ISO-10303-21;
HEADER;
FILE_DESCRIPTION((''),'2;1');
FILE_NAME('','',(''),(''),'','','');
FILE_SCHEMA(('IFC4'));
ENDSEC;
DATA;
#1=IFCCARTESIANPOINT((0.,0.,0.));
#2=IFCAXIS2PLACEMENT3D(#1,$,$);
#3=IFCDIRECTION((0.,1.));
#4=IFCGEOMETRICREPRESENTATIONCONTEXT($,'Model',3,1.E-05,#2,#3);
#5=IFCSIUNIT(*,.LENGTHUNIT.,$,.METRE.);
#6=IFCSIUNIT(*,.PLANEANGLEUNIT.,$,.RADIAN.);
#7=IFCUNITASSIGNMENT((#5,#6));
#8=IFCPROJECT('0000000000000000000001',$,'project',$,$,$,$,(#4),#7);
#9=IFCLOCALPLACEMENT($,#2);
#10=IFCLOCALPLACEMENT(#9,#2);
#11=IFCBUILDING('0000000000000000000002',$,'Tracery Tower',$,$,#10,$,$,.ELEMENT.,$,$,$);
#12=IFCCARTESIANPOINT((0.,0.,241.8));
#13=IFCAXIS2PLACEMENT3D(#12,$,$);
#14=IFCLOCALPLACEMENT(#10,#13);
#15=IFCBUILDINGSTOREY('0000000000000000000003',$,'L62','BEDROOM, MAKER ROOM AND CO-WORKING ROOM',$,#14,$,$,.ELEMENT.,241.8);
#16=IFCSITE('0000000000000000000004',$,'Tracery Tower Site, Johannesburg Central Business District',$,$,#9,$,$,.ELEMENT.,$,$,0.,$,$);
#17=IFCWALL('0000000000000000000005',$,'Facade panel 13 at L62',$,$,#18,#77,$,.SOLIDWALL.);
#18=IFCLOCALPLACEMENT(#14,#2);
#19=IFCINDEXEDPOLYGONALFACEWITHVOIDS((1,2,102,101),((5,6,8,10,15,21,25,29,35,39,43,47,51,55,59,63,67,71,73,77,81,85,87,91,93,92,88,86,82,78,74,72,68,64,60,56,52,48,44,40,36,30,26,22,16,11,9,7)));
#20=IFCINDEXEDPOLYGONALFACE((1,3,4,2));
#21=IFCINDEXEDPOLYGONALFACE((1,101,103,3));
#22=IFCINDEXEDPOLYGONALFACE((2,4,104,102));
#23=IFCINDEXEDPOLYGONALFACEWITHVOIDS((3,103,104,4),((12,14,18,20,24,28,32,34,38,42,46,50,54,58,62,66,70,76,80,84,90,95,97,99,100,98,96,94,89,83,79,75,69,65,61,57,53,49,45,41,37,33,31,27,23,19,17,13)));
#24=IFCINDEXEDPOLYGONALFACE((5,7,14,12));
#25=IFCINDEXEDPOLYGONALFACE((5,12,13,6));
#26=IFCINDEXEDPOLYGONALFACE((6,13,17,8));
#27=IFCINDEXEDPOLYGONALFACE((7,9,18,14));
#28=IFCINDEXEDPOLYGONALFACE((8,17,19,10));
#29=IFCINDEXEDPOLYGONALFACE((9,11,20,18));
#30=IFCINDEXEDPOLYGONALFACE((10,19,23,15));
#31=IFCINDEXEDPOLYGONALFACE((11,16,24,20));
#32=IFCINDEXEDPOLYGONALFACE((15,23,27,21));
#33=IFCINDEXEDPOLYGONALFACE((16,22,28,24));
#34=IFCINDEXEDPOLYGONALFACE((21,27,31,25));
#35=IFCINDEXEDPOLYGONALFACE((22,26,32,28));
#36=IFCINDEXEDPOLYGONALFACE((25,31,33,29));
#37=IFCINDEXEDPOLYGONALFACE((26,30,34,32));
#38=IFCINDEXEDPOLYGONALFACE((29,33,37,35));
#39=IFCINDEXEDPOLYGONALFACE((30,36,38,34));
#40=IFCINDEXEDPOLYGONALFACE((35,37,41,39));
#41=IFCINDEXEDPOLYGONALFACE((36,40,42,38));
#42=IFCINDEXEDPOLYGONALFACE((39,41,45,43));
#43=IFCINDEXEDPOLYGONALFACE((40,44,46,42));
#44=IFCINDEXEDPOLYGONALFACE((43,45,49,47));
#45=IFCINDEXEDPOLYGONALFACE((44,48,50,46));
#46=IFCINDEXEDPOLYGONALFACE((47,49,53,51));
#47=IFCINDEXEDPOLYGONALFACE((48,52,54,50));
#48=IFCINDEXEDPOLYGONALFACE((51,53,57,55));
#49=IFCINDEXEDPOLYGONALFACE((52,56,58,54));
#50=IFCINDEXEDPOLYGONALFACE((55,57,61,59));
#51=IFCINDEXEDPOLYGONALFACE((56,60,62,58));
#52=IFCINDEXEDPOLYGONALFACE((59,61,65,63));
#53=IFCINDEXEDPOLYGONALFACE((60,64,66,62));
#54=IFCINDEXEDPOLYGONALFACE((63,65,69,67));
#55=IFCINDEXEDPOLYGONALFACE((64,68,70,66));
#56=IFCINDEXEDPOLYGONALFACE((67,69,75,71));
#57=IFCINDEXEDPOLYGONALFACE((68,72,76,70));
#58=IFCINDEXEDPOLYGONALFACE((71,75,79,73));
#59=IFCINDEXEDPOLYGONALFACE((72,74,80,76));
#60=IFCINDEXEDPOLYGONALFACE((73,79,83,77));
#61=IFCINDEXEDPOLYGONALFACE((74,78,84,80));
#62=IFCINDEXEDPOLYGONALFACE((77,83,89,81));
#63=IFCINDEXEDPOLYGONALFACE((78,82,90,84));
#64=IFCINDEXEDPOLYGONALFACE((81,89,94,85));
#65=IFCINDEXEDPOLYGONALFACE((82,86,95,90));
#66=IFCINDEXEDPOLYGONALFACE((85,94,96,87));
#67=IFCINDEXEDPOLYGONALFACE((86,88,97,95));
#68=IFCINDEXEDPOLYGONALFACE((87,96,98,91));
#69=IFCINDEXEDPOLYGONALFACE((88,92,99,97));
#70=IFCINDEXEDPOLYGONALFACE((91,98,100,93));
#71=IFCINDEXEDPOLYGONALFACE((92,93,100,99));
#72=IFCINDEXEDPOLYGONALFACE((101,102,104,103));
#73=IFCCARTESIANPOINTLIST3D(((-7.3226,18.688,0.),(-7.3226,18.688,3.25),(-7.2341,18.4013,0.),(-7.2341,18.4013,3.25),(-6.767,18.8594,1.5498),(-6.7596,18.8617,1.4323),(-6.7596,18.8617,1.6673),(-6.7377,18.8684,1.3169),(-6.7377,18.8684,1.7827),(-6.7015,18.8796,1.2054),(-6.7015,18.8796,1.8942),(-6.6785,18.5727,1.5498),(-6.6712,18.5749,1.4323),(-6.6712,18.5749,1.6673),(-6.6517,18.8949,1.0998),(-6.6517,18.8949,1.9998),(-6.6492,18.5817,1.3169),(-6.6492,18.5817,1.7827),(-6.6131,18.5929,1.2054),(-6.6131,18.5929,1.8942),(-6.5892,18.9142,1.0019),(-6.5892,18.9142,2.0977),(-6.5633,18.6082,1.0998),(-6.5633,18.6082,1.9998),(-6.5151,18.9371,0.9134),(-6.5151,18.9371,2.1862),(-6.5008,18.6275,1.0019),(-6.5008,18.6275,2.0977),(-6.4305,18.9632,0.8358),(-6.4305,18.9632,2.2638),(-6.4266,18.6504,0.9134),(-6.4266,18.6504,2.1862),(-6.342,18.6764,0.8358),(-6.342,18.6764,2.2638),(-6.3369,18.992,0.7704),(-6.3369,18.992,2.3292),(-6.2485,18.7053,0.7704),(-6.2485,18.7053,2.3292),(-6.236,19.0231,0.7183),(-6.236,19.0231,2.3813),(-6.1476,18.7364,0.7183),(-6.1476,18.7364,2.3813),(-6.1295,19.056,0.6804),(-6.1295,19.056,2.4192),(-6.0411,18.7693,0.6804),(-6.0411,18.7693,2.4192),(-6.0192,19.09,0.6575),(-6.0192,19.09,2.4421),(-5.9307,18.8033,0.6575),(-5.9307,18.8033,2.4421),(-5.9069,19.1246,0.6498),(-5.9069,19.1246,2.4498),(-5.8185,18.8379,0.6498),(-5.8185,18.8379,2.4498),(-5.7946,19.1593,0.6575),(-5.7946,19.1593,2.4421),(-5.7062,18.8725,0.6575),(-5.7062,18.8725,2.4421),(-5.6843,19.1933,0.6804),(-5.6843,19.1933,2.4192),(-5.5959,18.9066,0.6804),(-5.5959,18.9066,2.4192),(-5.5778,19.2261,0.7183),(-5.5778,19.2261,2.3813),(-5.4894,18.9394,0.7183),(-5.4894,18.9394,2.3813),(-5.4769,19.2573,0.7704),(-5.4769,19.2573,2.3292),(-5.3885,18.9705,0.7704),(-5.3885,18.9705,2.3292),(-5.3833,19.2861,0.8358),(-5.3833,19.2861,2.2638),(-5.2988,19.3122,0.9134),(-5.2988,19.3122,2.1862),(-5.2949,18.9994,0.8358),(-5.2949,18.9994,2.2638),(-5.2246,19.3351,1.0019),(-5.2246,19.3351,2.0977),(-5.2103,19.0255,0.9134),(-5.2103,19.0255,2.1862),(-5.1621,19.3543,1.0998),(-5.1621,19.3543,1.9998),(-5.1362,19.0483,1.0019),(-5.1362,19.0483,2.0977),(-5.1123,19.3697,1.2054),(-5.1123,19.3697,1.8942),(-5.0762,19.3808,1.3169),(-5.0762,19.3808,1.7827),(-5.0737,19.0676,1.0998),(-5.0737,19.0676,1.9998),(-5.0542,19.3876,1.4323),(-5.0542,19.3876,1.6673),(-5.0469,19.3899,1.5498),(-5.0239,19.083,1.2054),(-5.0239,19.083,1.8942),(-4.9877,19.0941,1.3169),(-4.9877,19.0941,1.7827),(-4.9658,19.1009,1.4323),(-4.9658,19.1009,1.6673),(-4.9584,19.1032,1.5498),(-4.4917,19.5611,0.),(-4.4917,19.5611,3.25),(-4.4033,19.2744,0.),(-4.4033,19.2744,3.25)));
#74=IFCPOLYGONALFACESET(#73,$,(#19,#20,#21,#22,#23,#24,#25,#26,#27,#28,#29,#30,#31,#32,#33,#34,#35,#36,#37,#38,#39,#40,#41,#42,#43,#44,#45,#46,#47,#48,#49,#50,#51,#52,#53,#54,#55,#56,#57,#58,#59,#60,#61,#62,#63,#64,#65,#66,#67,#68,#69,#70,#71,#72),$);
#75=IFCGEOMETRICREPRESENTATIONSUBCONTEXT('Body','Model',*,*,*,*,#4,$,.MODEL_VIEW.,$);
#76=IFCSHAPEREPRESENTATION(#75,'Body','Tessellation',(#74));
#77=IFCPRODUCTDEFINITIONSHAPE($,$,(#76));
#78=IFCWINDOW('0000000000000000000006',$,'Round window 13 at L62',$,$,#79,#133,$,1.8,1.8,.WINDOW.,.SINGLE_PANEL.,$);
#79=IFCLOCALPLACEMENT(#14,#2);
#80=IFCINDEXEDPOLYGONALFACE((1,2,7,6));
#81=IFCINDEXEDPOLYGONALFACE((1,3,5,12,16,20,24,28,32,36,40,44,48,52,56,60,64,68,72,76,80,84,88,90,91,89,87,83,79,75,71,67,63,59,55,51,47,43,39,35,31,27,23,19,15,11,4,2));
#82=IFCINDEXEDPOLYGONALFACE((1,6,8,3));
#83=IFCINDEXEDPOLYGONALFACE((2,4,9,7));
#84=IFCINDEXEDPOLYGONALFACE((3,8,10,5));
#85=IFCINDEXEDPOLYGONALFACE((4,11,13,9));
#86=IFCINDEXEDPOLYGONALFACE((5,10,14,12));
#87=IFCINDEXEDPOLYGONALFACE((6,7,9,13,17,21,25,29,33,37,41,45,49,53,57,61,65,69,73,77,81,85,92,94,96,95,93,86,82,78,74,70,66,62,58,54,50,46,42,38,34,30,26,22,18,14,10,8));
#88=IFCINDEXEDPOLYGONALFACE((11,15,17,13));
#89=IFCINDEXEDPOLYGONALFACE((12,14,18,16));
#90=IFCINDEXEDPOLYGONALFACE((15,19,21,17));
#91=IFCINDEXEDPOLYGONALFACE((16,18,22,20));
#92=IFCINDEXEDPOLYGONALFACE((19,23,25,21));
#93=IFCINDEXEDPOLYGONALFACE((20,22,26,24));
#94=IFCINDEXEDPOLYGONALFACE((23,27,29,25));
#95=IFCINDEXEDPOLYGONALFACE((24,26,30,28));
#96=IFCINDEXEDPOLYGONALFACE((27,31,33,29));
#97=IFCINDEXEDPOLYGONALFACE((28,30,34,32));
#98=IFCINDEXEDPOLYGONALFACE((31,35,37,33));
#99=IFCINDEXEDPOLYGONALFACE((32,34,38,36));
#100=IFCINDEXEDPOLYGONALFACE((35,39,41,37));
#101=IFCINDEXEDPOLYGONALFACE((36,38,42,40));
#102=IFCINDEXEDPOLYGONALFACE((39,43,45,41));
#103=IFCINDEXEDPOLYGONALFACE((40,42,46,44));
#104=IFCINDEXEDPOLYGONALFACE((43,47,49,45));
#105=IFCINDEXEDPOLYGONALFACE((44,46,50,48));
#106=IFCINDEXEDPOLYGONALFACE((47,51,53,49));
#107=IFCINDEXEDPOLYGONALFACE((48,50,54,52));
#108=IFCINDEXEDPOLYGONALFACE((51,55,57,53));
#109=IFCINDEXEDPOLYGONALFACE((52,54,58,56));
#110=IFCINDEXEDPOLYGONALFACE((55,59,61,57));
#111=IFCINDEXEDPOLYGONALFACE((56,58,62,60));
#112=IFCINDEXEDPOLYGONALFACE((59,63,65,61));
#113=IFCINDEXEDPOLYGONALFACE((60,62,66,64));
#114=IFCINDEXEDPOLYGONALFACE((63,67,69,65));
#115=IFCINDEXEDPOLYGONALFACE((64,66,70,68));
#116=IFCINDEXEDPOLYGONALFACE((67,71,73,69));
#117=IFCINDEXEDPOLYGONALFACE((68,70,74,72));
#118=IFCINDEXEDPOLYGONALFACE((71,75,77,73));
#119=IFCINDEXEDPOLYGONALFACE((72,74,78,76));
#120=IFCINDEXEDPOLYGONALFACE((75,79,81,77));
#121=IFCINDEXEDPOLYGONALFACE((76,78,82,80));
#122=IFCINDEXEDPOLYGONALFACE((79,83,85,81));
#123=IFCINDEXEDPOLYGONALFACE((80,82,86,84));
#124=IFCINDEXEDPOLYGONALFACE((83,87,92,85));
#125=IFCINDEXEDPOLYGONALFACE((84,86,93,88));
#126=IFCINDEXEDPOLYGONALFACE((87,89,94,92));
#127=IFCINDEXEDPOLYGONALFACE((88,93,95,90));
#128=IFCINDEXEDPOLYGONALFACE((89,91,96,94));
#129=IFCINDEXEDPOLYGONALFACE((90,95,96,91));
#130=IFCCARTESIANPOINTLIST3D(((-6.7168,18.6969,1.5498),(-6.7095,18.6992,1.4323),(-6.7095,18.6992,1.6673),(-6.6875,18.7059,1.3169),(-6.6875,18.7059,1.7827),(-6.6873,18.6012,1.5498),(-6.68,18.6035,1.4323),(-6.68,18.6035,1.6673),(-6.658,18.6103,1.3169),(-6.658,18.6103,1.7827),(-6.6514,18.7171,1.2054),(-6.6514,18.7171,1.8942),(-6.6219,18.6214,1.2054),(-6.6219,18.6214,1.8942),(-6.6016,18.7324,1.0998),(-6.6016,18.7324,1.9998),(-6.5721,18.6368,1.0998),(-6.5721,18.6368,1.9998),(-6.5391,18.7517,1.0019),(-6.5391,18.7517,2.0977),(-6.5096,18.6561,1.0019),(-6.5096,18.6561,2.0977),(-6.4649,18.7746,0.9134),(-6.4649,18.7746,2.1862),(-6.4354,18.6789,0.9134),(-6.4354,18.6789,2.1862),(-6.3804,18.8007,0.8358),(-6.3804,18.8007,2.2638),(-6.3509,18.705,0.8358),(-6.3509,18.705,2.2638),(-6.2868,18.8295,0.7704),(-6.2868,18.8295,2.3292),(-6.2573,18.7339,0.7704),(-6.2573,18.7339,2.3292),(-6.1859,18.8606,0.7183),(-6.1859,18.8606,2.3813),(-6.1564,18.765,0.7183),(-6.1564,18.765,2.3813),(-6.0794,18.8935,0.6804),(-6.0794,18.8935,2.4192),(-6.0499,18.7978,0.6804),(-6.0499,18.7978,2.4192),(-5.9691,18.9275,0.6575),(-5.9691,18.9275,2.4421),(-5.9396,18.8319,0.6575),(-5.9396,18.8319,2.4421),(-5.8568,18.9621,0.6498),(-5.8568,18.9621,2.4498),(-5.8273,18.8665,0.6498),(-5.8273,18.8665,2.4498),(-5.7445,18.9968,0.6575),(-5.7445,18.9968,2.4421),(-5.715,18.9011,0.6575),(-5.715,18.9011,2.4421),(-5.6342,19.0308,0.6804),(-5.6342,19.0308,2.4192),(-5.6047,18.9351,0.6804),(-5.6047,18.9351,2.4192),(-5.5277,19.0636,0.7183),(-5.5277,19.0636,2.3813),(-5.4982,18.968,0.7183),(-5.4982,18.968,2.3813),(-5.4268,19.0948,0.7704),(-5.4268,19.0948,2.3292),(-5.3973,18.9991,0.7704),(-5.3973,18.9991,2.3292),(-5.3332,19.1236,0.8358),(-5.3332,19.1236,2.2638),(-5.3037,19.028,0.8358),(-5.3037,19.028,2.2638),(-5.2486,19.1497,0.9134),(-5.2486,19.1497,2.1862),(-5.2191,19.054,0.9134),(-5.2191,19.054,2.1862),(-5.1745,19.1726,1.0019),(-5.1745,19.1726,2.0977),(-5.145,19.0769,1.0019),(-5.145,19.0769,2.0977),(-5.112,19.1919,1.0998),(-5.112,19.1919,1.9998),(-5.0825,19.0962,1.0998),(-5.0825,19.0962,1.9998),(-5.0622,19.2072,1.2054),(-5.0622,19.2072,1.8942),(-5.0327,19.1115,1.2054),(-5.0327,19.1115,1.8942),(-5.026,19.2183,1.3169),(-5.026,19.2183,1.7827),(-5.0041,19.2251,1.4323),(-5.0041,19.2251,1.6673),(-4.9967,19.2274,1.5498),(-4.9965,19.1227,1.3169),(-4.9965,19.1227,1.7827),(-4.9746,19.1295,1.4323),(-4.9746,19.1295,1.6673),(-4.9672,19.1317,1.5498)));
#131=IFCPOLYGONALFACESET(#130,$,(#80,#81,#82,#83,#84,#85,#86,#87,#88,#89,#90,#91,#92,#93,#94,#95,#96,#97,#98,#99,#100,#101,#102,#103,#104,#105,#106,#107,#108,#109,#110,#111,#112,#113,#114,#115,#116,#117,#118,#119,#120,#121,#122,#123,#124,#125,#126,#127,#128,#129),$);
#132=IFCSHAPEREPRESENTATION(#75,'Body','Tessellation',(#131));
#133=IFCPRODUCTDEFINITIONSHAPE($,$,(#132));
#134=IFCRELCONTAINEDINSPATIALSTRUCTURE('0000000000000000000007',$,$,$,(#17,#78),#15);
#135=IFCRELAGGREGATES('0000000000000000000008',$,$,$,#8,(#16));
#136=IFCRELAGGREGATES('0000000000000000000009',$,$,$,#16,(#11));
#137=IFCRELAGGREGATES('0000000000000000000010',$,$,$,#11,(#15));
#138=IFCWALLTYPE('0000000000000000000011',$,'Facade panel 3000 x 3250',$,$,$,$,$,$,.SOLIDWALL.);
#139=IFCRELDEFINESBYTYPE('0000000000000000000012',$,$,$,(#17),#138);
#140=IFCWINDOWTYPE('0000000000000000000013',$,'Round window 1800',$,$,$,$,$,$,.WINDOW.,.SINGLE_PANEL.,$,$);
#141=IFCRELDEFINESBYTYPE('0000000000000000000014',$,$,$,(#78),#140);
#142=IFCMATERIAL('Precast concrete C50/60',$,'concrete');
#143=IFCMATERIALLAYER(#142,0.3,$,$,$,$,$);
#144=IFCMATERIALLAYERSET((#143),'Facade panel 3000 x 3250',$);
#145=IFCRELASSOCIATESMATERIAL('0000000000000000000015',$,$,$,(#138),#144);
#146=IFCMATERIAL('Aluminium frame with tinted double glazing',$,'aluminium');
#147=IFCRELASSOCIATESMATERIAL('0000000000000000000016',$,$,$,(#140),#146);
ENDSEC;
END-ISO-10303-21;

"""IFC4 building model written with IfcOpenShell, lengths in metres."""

from ifc_helpers import new_model, si_unit, direction, frame, frame_2d, origin, origin_2d, place, context, subcontext, project, spatial, rectangle, circle, extrude, material, layer, layer_set, type_object, element, fill, save


model = new_model("IFC4")

# Units and contexts
model_context = context("Model", 3, precision=1e-05, world=origin(), true_north=direction((0.0, 1.0)))
body_context = subcontext(model_context, "Body", "Model", "MODEL_VIEW")
ifc_project = project(units=[si_unit("LENGTHUNIT", "METRE"), si_unit("PLANEANGLEUNIT", "RADIAN")], contexts=[model_context])

# Site, building, storey
site_placement = place(None, origin())
site = spatial("IfcSite", under=ifc_project, at=site_placement, Name="Tracery Tower Site, Johannesburg Central Business District", CompositionType="ELEMENT", RefElevation=0.0)
building_placement = place(site_placement, origin())
building = spatial("IfcBuilding", under=site, at=building_placement, Name="Tracery Tower", CompositionType="ELEMENT")
storey_placement = place(building_placement, frame((0.0, 0.0, 241.8)))
storey = spatial("IfcBuildingStorey", under=building, at=storey_placement, Name="L62", Description="BEDROOM, MAKER ROOM AND CO-WORKING ROOM", CompositionType="ELEMENT", Elevation=241.8)

# Wall, opening, window
ifc_material_1 = material(Name="Precast concrete C50/60", Category="concrete")
ifc_layer_1 = layer(ifc_material_1, 0.3)
ifc_layer_set_1 = layer_set([ifc_layer_1], Name="Facade panel 3000 x 3250")
wall_type_1 = type_object("IfcWallType", Name="Facade panel 3000 x 3250", PredefinedType="SOLIDWALL", material=ifc_layer_set_1)
wall_1_placement = place(storey_placement, frame((-4.4475, 19.4177, 0.0), z_axis=(0.0, 0.0, 1.0), x_axis=(-0.955586, -0.294711, 0.0)))
wall_1 = element("IfcWall", 1, at=wall_1_placement, inside=storey, type_object=wall_type_1, Name="Facade panel 13 at L62", PredefinedType="SOLIDWALL", context=body_context, shape_type="SweptSolid", body=[
    extrude(rectangle(XDim=2.9624, YDim=0.3, at=frame_2d((1.4812, 0.0))), origin(), (0.0, 0.0, 1.0), 3.25),
])
opening_1_placement = place(wall_1_placement, frame((1.481, 0.0, 1.5498)))
opening_1 = element("IfcOpeningElement", 2, at=opening_1_placement, cuts=wall_1, PredefinedType="OPENING", context=body_context, shape_type="SweptSolid", body=[
    extrude(circle(Radius=0.9, at=origin_2d()), frame((0.0, 0.1599, 0.0), z_axis=(0.0, -1.0, 0.0), x_axis=(1.0, 0.0, 0.0)), (0.0, 0.0, 1.0), 0.3201),
])
ifc_material_2 = material(Name="Aluminium frame with tinted double glazing", Category="aluminium")
window_type = type_object("IfcWindowType", Name="Round window 1800", PartitioningType="SINGLE_PANEL", PredefinedType="WINDOW", material=ifc_material_2)
window_1_placement = place(opening_1_placement, origin())
window_1 = element("IfcWindow", 3, at=window_1_placement, inside=storey, type_object=window_type, Name="Round window 13 at L62", OverallHeight=1.8, OverallWidth=1.8, PartitioningType="SINGLE_PANEL", PredefinedType="WINDOW", context=body_context, shape_type="SweptSolid", body=[
    extrude(circle(Radius=0.9, at=origin_2d()), frame((0.0, 0.1201, 0.0), z_axis=(0.0, -1.0, 0.0), x_axis=(1.0, 0.0, 0.0)), (0.0, 0.0, 1.0), 0.1001),
])
fill(opening_1, window_1)

save(model, "model.ifc")
